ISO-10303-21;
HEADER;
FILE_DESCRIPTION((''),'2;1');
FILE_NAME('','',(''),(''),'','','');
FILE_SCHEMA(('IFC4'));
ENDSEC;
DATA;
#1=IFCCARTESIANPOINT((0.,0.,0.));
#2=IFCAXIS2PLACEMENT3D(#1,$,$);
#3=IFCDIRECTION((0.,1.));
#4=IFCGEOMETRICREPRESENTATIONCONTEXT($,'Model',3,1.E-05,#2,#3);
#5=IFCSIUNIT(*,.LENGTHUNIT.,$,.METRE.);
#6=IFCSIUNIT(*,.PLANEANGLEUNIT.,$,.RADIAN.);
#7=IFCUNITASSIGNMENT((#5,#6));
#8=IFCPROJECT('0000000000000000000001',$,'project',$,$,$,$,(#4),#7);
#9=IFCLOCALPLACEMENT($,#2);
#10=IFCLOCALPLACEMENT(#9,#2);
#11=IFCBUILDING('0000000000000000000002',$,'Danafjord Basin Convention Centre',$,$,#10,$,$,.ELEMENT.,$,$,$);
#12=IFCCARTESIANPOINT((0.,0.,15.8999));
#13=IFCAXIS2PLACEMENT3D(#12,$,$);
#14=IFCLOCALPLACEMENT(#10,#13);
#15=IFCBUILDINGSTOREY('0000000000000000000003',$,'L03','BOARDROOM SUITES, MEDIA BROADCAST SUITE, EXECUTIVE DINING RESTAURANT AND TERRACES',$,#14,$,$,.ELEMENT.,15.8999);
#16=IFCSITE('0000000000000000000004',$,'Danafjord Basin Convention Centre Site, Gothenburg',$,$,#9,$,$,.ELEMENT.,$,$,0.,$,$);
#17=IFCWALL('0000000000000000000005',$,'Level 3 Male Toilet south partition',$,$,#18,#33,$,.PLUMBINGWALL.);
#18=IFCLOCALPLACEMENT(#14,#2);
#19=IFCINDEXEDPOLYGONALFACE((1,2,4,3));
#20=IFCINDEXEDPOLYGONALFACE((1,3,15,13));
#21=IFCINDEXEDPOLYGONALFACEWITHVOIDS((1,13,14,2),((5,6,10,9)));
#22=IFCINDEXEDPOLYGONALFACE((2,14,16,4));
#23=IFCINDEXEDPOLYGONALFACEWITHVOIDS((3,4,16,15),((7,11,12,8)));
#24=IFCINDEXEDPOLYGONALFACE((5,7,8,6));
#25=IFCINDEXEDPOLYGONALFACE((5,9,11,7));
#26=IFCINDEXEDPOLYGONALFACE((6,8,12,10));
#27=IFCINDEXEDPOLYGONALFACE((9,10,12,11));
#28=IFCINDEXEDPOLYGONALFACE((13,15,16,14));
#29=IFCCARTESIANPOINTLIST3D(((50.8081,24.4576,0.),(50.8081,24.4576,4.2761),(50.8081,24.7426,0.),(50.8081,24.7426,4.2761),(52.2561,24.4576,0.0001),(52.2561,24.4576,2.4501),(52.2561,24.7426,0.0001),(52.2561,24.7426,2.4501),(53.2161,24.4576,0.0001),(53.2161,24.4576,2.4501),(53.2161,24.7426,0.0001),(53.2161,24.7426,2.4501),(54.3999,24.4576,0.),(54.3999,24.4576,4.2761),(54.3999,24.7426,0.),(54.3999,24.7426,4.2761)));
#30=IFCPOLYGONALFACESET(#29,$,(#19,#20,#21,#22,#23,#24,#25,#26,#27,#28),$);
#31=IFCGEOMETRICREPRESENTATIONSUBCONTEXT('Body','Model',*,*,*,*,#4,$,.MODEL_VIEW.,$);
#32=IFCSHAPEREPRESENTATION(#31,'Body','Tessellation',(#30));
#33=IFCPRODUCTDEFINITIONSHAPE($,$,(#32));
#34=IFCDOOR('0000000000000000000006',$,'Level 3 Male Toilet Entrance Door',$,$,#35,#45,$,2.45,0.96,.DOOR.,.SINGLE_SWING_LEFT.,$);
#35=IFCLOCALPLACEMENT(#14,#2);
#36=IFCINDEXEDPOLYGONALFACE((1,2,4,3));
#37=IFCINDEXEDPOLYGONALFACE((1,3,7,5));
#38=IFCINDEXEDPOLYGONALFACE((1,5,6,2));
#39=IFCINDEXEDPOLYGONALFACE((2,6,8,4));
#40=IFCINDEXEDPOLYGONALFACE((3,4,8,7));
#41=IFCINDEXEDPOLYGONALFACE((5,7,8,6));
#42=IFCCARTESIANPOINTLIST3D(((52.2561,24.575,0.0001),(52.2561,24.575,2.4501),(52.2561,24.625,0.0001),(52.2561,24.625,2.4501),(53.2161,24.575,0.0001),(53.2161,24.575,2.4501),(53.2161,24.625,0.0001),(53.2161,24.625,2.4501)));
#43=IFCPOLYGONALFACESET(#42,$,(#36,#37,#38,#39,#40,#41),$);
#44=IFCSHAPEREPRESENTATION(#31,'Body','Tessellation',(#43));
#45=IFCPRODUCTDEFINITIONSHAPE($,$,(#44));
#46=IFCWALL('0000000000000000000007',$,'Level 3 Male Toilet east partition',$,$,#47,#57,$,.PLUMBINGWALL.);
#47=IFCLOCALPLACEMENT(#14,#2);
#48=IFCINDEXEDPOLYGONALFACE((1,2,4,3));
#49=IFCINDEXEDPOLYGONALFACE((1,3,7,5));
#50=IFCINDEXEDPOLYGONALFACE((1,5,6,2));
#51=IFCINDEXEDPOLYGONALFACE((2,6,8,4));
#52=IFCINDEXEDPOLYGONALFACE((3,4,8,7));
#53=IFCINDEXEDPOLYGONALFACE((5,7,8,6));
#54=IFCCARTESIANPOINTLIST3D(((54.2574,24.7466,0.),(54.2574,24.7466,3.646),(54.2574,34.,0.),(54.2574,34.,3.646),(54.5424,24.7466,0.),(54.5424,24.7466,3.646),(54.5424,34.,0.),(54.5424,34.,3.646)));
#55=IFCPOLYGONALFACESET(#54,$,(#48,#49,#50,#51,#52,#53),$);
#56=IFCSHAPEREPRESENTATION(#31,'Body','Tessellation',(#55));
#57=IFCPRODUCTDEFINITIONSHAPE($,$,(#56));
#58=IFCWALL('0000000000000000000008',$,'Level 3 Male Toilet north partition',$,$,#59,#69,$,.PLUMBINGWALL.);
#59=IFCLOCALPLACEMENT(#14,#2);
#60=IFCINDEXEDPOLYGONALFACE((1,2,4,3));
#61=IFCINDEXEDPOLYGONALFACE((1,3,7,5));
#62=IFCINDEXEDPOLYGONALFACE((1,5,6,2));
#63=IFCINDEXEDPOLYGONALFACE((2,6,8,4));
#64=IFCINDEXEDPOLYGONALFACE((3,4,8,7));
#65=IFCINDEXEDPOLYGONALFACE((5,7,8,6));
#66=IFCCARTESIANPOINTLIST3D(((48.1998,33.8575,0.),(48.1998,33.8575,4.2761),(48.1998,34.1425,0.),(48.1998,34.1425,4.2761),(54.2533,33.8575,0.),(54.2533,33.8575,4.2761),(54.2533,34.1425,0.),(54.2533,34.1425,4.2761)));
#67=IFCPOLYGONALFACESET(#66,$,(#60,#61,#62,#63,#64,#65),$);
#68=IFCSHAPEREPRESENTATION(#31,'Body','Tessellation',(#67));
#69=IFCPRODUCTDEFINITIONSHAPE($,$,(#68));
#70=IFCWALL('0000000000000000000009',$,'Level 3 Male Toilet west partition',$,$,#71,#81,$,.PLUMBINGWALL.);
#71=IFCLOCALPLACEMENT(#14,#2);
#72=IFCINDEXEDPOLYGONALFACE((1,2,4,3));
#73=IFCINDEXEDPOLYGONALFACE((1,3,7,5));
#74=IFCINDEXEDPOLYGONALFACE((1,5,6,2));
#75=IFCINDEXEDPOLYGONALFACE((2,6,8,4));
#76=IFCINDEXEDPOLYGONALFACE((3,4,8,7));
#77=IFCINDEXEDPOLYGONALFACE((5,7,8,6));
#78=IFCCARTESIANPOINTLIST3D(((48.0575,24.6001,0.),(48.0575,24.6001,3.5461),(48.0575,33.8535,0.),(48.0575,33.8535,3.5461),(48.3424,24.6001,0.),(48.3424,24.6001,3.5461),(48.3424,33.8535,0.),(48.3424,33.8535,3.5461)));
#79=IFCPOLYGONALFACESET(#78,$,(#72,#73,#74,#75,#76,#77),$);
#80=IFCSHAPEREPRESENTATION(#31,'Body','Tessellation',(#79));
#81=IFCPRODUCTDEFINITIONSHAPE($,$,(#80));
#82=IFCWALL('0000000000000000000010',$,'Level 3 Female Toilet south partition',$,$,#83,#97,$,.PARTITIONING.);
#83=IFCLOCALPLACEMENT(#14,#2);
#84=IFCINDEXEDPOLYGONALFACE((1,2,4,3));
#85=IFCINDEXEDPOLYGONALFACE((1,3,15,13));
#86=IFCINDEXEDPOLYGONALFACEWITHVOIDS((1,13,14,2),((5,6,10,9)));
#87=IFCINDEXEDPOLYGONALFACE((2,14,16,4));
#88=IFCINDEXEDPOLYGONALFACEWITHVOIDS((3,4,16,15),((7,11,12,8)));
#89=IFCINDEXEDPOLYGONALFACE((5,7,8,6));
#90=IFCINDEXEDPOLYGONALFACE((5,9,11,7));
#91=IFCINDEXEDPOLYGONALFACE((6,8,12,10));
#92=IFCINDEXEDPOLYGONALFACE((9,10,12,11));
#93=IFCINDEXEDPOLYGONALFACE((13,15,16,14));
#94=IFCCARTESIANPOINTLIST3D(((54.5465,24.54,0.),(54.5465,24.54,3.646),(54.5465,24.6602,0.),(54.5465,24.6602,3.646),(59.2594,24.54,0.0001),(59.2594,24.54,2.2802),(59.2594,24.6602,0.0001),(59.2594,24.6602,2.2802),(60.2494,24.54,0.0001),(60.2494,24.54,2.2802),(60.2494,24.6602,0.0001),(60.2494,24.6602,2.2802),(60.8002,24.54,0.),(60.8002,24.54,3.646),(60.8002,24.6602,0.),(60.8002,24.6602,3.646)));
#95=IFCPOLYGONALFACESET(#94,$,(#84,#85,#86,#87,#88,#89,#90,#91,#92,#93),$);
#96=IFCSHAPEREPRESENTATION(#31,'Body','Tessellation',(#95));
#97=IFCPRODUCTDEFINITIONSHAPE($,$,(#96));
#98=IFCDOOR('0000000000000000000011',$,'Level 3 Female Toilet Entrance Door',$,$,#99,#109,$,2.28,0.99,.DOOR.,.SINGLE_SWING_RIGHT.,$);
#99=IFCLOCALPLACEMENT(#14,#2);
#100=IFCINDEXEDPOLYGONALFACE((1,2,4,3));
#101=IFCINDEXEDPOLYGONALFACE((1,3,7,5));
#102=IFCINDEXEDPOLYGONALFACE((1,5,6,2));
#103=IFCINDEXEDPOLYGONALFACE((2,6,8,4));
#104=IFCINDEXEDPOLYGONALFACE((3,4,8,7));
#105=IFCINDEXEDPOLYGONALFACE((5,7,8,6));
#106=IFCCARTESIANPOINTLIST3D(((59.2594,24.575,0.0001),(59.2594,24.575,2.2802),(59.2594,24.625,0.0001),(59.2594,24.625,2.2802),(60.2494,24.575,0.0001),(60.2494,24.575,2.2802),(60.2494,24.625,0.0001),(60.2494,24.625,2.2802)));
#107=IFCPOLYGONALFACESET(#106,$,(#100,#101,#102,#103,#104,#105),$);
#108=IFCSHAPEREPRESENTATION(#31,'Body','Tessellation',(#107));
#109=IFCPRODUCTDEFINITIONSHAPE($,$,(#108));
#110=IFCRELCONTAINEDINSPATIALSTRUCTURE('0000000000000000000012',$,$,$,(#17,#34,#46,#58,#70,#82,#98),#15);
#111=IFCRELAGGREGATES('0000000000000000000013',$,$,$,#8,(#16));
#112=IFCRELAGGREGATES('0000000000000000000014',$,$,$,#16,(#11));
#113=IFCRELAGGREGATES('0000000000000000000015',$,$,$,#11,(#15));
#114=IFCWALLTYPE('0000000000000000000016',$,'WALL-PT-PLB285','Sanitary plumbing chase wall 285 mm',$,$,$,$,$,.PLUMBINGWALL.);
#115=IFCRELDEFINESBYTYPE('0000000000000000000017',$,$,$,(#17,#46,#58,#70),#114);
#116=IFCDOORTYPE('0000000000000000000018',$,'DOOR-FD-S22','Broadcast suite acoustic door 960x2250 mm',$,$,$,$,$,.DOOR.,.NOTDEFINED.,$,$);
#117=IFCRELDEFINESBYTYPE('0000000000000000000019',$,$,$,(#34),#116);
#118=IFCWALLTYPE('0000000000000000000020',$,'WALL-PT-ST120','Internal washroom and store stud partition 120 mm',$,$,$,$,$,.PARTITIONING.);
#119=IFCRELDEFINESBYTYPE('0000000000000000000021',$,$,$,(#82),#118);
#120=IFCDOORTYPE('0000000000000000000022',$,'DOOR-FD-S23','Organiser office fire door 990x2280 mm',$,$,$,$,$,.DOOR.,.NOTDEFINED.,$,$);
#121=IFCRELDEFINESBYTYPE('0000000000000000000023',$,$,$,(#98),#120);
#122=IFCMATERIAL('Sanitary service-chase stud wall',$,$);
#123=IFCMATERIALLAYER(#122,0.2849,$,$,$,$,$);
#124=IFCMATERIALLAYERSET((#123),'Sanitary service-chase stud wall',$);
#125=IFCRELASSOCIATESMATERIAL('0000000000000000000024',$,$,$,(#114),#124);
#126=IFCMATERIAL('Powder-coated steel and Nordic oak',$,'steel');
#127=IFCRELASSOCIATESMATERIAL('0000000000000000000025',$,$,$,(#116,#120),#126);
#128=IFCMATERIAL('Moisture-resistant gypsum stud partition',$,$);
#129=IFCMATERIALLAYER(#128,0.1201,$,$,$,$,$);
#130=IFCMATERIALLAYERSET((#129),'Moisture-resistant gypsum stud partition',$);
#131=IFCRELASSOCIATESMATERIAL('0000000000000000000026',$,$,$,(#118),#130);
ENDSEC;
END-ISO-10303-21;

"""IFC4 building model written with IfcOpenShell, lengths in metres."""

from ifc_helpers import new_model, si_unit, direction, frame, frame_2d, origin, place, context, subcontext, project, spatial, rectangle, extrude, material, layer, layer_set, type_object, element, fill, save


model = new_model("IFC4")

# Units and contexts
model_context = context("Model", 3, precision=1e-05, world=origin(), true_north=direction((0.0, 1.0)))
body_context = subcontext(model_context, "Body", "Model", "MODEL_VIEW")
ifc_project = project(units=[si_unit("LENGTHUNIT", "METRE"), si_unit("PLANEANGLEUNIT", "RADIAN")], contexts=[model_context])

# Site, building, storey
site_placement = place(None, origin())
site = spatial("IfcSite", under=ifc_project, at=site_placement, Name="Danafjord Basin Convention Centre Site, Gothenburg", CompositionType="ELEMENT", RefElevation=0.0)
building_placement = place(site_placement, origin())
building = spatial("IfcBuilding", under=site, at=building_placement, Name="Danafjord Basin Convention Centre", CompositionType="ELEMENT")
storey_placement = place(building_placement, frame((0.0, 0.0, 15.8999)))
storey = spatial("IfcBuildingStorey", under=building, at=storey_placement, Name="L03", Description="BOARDROOM SUITES, MEDIA BROADCAST SUITE, EXECUTIVE DINING RESTAURANT AND TERRACES", CompositionType="ELEMENT", Elevation=15.8999)

# Wall, opening, door
ifc_material_1 = material(Name="Sanitary service-chase stud wall")
ifc_layer_1 = layer(ifc_material_1, 0.2849)
ifc_layer_set_1 = layer_set([ifc_layer_1], Name="Sanitary service-chase stud wall")
wall_type_1 = type_object("IfcWallType", Name="WALL-PT-PLB285", Description="Sanitary plumbing chase wall 285 mm", PredefinedType="PLUMBINGWALL", material=ifc_layer_set_1)
wall_1_placement = place(storey_placement, frame((50.8081, 24.6001, 0.0), z_axis=(0.0, 0.0, 1.0), x_axis=(1.0, 0.0, 0.0)))
wall_1 = element("IfcWall", 1, at=wall_1_placement, inside=storey, type_object=wall_type_1, Name="Level 3 Male Toilet south partition", PredefinedType="PLUMBINGWALL", context=body_context, shape_type="SweptSolid", body=[
    extrude(rectangle(XDim=3.5918, YDim=0.2849, at=frame_2d((1.7959, 0.0))), origin(), (0.0, 0.0, 1.0), 4.2761),
])
opening_1_placement = place(wall_1_placement, frame((1.448, 0.0, 0.0)))
opening_1 = element("IfcOpeningElement", 2, at=opening_1_placement, cuts=wall_1, PredefinedType="OPENING", context=body_context, shape_type="SweptSolid", body=[
    extrude(rectangle(XDim=0.96, YDim=2.45, at=frame_2d((0.48, 1.2251))), frame((0.0, 0.1523, 0.0), z_axis=(0.0, -1.0, 0.0), x_axis=(1.0, 0.0, 0.0)), (0.0, 0.0, 1.0), 0.3049),
])
ifc_material_2 = material(Name="Powder-coated steel and Nordic oak", Category="steel")
door_type_1 = type_object("IfcDoorType", Name="DOOR-FD-S22", Description="Broadcast suite acoustic door 960x2250 mm", OperationType="NOTDEFINED", PredefinedType="DOOR", material=ifc_material_2)
door_1_placement = place(opening_1_placement, origin())
door_1 = element("IfcDoor", 3, at=door_1_placement, inside=storey, type_object=door_type_1, Name="Level 3 Male Toilet Entrance Door", OperationType="SINGLE_SWING_LEFT", OverallHeight=2.45, OverallWidth=0.96, PredefinedType="DOOR", context=body_context, shape_type="SweptSolid", body=[
    extrude(rectangle(XDim=0.96, YDim=2.45, at=frame_2d((0.48, 1.2251))), frame((0.0, 0.0249, 0.0), z_axis=(0.0, -1.0, 0.0), x_axis=(1.0, 0.0, 0.0)), (0.0, 0.0, 1.0), 0.05),
])
fill(opening_1, door_1)

# Walls
wall_2_placement = place(storey_placement, frame((54.3999, 24.7466, 0.0), z_axis=(0.0, 0.0, 1.0), x_axis=(0.0, 1.0, 0.0)))
element("IfcWall", 4, at=wall_2_placement, inside=storey, type_object=wall_type_1, Name="Level 3 Male Toilet east partition", PredefinedType="PLUMBINGWALL", context=body_context, shape_type="SweptSolid", body=[
    extrude(rectangle(XDim=9.2534, YDim=0.2849, at=frame_2d((4.6267, 0.0))), origin(), (0.0, 0.0, 1.0), 3.646),
])
wall_3_placement = place(storey_placement, frame((54.2534, 34.0, 0.0), z_axis=(0.0, 0.0, 1.0), x_axis=(-1.0, 0.0, 0.0)))
element("IfcWall", 5, at=wall_3_placement, inside=storey, type_object=wall_type_1, Name="Level 3 Male Toilet north partition", PredefinedType="PLUMBINGWALL", context=body_context, shape_type="SweptSolid", body=[
    extrude(rectangle(XDim=6.0535, YDim=0.2849, at=frame_2d((3.0269, 0.0))), origin(), (0.0, 0.0, 1.0), 4.2761),
])
wall_4_placement = place(storey_placement, frame((48.2, 33.8535, 0.0), z_axis=(0.0, 0.0, 1.0), x_axis=(0.0, -1.0, 0.0)))
element("IfcWall", 6, at=wall_4_placement, inside=storey, type_object=wall_type_1, Name="Level 3 Male Toilet west partition", PredefinedType="PLUMBINGWALL", context=body_context, shape_type="SweptSolid", body=[
    extrude(rectangle(XDim=9.2534, YDim=0.2849, at=frame_2d((4.6267, 0.0))), origin(), (0.0, 0.0, 1.0), 3.5461),
])

# Wall, opening, door
ifc_material_3 = material(Name="Moisture-resistant gypsum stud partition")
ifc_layer_2 = layer(ifc_material_3, 0.1201)
ifc_layer_set_2 = layer_set([ifc_layer_2], Name="Moisture-resistant gypsum stud partition")
wall_type_2 = type_object("IfcWallType", Name="WALL-PT-ST120", Description="Internal washroom and store stud partition 120 mm", PredefinedType="PARTITIONING", material=ifc_layer_set_2)
wall_5_placement = place(storey_placement, frame((54.5464, 24.6001, 0.0), z_axis=(0.0, 0.0, 1.0), x_axis=(1.0, 0.0, 0.0)))
wall_5 = element("IfcWall", 7, at=wall_5_placement, inside=storey, type_object=wall_type_2, Name="Level 3 Female Toilet south partition", PredefinedType="PARTITIONING", context=body_context, shape_type="SweptSolid", body=[
    extrude(rectangle(XDim=6.2537, YDim=0.1201, at=frame_2d((3.127, 0.0))), origin(), (0.0, 0.0, 1.0), 3.646),
])
opening_2_placement = place(wall_5_placement, frame((4.7129, 0.0, 0.0)))
opening_2 = element("IfcOpeningElement", 8, at=opening_2_placement, cuts=wall_5, PredefinedType="OPENING", context=body_context, shape_type="SweptSolid", body=[
    extrude(rectangle(XDim=0.99, YDim=2.28, at=frame_2d((0.4951, 1.1401))), frame((0.0, 0.0701, 0.0), z_axis=(0.0, -1.0, 0.0), x_axis=(1.0, 0.0, 0.0)), (0.0, 0.0, 1.0), 0.1401),
])
door_type_2 = type_object("IfcDoorType", Name="DOOR-FD-S23", Description="Organiser office fire door 990x2280 mm", OperationType="NOTDEFINED", PredefinedType="DOOR", material=ifc_material_2)
door_2_placement = place(opening_2_placement, origin())
door_2 = element("IfcDoor", 9, at=door_2_placement, inside=storey, type_object=door_type_2, Name="Level 3 Female Toilet Entrance Door", OperationType="SINGLE_SWING_RIGHT", OverallHeight=2.28, OverallWidth=0.99, PredefinedType="DOOR", context=body_context, shape_type="SweptSolid", body=[
    extrude(rectangle(XDim=0.99, YDim=2.28, at=frame_2d((0.4951, 1.1401))), frame((0.0, 0.0249, 0.0), z_axis=(0.0, -1.0, 0.0), x_axis=(1.0, 0.0, 0.0)), (0.0, 0.0, 1.0), 0.05),
])
fill(opening_2, door_2)

save(model, "model.ifc")
